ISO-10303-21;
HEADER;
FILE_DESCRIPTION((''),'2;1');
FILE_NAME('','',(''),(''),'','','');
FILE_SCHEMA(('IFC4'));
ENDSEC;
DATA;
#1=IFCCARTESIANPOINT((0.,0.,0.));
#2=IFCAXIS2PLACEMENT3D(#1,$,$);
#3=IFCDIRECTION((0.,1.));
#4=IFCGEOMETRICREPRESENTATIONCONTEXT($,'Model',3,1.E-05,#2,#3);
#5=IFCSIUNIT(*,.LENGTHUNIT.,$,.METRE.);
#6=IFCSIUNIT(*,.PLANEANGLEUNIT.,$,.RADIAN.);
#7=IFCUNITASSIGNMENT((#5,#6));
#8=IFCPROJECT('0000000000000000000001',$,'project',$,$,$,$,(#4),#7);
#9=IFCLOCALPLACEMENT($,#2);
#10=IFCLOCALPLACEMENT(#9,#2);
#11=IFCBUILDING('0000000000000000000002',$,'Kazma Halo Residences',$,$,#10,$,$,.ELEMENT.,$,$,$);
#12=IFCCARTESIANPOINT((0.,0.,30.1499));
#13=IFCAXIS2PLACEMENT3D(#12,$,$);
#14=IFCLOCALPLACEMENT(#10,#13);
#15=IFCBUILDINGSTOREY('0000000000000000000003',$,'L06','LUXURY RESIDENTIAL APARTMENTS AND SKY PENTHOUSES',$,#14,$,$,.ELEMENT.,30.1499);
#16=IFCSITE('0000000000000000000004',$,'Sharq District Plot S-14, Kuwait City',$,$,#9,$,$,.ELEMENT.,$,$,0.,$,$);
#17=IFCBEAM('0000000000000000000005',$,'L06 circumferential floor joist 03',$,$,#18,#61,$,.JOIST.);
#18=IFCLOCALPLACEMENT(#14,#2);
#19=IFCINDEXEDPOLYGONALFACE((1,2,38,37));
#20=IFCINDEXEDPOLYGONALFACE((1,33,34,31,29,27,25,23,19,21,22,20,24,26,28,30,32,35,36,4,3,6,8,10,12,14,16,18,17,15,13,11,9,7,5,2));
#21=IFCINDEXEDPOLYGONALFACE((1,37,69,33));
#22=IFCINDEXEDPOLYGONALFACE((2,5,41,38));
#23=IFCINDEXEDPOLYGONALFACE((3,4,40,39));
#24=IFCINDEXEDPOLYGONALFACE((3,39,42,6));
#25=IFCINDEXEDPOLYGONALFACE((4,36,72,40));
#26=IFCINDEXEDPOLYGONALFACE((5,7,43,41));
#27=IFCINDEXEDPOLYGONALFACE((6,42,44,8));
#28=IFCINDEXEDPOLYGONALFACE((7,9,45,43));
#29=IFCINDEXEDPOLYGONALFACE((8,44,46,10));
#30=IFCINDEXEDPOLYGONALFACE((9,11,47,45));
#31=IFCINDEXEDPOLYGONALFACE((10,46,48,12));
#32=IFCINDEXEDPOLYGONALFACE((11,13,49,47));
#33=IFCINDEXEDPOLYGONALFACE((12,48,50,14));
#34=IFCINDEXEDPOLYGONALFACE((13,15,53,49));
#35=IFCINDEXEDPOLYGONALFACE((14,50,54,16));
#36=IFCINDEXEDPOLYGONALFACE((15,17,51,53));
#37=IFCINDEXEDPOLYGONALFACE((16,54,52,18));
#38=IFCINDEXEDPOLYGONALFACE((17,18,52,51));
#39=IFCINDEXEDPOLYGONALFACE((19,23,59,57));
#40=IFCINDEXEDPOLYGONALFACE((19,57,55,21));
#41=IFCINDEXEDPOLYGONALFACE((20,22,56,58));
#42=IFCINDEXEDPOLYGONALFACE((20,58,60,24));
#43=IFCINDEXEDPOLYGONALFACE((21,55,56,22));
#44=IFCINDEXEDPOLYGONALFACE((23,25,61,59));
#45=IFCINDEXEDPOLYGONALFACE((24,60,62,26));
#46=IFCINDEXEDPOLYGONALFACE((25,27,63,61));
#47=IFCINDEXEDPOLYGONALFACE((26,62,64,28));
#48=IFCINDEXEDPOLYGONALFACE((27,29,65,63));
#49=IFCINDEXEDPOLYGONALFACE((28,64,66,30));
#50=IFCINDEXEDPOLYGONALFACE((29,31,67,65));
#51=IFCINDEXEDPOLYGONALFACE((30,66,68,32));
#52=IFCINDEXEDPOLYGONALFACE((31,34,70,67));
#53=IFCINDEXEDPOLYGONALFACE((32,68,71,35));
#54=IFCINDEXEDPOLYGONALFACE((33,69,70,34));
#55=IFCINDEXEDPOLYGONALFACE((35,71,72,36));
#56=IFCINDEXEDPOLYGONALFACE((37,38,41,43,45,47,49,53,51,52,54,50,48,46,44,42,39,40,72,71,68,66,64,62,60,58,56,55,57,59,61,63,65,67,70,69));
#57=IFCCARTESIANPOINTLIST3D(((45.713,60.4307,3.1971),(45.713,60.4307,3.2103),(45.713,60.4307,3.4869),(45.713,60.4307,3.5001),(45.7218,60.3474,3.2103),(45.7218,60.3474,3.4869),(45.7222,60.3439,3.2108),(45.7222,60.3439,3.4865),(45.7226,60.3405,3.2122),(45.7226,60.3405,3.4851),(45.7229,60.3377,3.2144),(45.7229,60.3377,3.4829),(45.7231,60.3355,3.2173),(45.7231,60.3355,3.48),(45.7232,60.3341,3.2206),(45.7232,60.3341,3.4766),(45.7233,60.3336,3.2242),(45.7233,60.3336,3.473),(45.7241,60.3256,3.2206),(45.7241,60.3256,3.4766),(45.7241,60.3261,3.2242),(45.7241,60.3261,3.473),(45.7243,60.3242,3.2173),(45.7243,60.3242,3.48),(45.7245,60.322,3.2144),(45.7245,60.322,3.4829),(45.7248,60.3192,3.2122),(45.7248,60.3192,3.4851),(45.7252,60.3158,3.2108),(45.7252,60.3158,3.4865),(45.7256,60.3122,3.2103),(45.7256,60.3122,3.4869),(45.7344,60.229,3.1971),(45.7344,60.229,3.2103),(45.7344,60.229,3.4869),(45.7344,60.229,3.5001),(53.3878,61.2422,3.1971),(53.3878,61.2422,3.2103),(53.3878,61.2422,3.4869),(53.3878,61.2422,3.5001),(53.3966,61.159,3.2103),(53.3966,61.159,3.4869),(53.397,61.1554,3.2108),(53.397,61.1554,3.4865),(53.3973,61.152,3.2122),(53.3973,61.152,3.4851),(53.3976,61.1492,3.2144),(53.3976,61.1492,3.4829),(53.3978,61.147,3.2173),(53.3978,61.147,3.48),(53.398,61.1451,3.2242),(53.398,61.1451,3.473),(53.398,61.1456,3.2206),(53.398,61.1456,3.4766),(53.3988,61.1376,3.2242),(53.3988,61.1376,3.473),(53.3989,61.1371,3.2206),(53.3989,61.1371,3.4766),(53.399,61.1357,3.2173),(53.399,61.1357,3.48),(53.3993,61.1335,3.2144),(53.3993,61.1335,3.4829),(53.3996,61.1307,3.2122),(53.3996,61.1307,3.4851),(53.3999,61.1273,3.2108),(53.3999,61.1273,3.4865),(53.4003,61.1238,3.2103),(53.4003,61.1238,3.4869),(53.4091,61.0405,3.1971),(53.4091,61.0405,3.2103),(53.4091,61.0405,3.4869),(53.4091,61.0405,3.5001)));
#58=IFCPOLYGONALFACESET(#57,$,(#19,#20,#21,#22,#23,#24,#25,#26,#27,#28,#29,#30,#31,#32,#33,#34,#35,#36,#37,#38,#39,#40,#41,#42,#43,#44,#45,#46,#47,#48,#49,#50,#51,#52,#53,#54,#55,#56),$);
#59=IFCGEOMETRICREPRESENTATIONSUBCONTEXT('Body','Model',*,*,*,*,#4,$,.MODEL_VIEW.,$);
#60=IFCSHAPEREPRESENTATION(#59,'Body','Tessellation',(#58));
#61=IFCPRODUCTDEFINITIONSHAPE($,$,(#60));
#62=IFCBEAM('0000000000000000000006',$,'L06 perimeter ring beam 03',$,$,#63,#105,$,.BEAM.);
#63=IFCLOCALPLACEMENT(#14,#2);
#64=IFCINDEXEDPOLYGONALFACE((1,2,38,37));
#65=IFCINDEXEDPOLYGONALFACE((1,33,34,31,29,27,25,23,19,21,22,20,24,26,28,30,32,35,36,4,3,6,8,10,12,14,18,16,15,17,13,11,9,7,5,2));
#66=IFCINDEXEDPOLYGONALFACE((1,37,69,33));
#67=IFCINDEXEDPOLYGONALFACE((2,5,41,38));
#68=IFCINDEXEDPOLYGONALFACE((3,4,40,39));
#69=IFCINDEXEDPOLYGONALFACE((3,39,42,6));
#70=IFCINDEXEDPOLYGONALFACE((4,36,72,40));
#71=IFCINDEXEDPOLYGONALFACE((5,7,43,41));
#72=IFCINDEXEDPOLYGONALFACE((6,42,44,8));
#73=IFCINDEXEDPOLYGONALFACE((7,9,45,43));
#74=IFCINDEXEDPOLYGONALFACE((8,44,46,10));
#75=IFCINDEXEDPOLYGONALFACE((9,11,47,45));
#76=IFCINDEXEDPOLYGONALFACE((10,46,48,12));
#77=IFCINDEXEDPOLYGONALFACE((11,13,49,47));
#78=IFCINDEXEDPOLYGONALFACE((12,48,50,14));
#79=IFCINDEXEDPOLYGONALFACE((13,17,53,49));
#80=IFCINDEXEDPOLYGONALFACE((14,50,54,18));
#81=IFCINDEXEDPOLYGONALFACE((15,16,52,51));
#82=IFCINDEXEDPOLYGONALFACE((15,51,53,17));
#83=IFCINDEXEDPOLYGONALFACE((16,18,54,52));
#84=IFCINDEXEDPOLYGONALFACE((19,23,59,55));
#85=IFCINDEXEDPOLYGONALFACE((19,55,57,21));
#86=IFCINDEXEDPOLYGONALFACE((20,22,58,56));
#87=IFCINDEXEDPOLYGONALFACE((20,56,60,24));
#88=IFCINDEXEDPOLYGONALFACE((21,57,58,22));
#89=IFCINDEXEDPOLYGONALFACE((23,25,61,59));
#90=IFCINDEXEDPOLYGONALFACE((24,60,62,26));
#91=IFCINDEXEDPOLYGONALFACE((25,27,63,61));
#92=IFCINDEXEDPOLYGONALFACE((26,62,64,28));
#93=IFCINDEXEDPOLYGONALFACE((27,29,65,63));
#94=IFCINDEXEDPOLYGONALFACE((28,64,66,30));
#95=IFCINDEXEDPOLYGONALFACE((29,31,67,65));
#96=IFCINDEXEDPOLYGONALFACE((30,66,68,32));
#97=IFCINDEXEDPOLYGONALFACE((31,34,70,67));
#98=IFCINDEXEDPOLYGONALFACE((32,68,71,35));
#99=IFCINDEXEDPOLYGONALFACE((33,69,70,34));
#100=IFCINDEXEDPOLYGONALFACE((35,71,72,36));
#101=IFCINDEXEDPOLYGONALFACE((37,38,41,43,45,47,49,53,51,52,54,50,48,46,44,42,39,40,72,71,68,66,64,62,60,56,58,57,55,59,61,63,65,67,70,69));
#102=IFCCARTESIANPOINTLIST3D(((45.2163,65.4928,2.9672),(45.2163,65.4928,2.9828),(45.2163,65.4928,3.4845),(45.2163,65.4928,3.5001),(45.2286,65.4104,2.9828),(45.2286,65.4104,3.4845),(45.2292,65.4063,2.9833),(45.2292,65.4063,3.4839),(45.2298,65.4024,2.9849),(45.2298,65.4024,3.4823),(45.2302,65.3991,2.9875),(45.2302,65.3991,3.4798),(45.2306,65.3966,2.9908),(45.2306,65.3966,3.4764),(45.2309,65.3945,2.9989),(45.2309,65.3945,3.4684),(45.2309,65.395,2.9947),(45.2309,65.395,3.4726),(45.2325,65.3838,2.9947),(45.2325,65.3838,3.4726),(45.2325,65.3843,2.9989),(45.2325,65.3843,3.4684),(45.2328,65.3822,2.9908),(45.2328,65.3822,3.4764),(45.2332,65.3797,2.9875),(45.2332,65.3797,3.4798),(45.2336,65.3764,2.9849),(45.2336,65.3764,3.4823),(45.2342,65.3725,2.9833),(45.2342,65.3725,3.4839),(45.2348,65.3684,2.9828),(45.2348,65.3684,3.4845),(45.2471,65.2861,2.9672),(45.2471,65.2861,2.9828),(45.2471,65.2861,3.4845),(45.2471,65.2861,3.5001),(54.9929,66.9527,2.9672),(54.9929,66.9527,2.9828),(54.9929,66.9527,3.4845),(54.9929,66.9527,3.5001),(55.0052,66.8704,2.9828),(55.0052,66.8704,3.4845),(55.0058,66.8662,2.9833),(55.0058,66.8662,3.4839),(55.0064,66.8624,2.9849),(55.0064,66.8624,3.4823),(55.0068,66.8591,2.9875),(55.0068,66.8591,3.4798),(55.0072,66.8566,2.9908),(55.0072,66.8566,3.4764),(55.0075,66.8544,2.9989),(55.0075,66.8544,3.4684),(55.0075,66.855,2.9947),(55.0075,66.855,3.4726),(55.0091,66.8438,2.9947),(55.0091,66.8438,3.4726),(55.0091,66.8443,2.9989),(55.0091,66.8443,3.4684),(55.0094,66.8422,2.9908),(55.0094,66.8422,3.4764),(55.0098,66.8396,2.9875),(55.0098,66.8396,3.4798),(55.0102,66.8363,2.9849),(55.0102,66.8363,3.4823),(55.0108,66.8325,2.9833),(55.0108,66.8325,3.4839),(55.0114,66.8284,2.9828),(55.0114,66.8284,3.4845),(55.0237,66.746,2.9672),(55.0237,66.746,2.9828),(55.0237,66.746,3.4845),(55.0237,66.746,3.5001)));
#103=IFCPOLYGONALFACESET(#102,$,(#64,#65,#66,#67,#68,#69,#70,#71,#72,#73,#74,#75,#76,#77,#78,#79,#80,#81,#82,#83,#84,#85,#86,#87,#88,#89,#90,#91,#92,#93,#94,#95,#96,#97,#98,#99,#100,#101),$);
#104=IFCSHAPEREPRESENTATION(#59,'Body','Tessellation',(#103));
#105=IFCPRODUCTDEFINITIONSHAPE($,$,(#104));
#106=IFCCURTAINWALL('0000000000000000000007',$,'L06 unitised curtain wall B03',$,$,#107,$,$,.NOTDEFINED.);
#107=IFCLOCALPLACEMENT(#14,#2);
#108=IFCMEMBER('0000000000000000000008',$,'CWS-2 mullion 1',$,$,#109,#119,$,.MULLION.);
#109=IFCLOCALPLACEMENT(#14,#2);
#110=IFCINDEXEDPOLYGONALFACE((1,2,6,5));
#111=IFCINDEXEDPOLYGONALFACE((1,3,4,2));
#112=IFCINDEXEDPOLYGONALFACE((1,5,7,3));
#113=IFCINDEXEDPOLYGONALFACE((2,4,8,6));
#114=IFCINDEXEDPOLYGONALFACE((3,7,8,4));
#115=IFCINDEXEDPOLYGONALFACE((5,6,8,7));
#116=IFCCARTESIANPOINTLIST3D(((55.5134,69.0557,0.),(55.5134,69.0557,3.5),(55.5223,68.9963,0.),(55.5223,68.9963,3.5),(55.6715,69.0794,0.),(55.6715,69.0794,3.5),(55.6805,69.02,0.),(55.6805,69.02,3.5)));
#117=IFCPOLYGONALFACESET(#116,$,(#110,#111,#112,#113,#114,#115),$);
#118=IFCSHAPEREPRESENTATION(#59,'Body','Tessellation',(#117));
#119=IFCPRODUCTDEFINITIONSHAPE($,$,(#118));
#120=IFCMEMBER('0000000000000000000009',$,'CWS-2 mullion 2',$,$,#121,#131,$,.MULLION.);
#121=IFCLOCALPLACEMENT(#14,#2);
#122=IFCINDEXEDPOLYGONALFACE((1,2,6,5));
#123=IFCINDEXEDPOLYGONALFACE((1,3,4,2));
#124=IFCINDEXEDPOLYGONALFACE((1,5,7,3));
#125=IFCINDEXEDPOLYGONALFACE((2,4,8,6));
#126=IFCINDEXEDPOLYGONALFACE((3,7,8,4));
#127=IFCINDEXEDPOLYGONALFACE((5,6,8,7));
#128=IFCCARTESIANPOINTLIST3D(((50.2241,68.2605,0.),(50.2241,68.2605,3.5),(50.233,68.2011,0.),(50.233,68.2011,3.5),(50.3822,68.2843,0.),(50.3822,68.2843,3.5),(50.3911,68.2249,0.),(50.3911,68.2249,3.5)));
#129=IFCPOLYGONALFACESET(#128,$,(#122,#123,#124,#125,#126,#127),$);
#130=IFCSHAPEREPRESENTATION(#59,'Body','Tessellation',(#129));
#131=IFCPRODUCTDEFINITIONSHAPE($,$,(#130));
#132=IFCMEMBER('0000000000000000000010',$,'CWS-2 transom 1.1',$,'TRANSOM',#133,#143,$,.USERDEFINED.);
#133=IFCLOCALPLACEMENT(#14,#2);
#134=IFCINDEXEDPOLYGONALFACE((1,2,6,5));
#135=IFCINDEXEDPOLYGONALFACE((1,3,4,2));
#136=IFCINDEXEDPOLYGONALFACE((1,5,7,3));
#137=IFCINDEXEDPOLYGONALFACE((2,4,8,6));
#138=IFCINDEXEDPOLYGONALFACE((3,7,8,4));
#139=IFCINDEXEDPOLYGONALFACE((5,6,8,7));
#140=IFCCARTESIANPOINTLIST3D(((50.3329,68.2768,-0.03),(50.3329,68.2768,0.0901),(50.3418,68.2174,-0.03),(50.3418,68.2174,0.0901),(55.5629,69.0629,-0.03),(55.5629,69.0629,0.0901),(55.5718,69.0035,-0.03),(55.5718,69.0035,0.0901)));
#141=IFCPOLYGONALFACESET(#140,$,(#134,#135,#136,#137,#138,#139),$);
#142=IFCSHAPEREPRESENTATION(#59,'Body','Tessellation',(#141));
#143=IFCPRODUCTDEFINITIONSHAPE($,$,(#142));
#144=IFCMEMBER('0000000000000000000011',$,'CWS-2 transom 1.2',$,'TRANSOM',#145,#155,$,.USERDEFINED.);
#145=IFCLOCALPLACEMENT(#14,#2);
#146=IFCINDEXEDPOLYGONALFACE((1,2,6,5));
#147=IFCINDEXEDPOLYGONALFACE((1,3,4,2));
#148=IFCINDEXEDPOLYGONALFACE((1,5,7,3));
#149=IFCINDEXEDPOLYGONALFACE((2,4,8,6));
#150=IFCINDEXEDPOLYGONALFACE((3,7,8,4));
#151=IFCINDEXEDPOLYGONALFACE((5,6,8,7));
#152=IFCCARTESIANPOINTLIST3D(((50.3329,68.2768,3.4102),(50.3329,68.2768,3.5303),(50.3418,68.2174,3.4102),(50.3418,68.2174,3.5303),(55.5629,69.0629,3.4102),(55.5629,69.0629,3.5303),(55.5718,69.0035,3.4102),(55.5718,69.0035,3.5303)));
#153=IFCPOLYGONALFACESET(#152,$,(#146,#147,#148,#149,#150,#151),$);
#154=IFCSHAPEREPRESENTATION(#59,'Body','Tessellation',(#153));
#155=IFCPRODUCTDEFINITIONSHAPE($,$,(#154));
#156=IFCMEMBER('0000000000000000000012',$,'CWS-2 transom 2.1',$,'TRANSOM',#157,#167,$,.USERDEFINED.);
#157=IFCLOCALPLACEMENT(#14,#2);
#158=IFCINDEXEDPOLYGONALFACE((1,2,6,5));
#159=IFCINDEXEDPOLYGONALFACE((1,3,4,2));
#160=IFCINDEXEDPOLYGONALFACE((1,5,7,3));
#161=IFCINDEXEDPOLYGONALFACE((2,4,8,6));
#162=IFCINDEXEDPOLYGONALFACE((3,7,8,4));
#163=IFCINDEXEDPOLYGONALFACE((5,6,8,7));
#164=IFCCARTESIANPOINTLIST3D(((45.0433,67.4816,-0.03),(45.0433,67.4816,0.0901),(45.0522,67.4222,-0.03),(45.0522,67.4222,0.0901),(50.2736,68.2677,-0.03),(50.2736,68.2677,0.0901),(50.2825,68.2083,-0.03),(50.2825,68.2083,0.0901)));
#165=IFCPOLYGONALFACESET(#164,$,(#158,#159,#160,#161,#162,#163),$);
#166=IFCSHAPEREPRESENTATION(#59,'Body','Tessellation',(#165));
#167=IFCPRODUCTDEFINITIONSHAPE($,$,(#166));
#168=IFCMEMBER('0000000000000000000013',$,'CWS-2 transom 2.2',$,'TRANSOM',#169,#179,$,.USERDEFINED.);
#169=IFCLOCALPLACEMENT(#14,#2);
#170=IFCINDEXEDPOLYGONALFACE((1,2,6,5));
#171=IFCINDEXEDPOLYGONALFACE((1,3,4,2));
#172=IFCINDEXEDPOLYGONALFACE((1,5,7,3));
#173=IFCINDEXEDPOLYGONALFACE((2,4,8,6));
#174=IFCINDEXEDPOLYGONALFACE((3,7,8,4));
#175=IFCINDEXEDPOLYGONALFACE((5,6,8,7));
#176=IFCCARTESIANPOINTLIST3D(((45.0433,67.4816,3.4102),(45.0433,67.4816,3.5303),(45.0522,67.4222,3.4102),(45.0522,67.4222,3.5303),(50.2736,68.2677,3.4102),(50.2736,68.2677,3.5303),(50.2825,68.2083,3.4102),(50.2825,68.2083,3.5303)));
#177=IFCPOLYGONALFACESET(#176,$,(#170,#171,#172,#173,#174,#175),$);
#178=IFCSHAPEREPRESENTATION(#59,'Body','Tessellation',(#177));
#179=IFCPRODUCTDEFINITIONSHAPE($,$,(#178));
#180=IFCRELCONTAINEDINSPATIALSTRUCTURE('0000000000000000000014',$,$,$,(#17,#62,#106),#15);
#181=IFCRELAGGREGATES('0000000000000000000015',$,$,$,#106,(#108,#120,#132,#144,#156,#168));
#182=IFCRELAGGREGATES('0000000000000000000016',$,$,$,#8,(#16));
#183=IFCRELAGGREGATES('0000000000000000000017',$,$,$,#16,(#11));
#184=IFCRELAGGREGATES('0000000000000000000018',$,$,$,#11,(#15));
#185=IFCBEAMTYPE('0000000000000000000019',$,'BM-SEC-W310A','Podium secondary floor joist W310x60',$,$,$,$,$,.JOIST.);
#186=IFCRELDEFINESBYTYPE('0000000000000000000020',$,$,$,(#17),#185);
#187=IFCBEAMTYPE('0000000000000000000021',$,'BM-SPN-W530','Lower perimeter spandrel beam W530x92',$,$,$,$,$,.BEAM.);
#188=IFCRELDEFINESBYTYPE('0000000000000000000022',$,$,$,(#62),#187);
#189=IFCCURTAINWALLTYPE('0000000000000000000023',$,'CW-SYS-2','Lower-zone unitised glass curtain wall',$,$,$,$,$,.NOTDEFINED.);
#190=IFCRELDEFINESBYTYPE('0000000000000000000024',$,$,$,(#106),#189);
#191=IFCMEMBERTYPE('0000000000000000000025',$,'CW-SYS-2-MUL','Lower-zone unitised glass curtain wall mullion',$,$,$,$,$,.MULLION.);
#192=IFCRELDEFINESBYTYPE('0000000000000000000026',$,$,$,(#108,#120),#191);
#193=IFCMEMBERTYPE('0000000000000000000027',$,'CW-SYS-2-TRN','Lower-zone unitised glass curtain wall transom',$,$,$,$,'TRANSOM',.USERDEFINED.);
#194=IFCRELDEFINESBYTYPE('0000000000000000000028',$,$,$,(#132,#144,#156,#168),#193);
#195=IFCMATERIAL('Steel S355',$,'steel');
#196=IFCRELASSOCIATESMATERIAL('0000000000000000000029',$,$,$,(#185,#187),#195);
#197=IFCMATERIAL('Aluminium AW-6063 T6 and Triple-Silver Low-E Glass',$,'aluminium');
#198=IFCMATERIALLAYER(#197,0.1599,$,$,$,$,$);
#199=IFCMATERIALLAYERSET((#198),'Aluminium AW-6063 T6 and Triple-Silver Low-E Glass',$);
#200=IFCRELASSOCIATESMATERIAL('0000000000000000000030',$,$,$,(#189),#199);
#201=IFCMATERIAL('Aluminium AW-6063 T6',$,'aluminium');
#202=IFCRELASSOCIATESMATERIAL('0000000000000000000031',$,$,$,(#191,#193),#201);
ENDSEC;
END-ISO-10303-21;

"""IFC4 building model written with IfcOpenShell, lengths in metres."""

from ifc_helpers import new_model, si_unit, direction, frame, origin, origin_2d, place, context, subcontext, project, spatial, rectangle, i_section, extrude, material, layer, layer_set, material_profile, profile_set, type_object, element, aggregate, save


model = new_model("IFC4")

# Units and contexts
model_context = context("Model", 3, precision=1e-05, world=origin(), true_north=direction((0.0, 1.0)))
body_context = subcontext(model_context, "Body", "Model", "MODEL_VIEW")
ifc_project = project(units=[si_unit("LENGTHUNIT", "METRE"), si_unit("PLANEANGLEUNIT", "RADIAN")], contexts=[model_context])

# Site, building, storey
site_placement = place(None, origin())
site = spatial("IfcSite", under=ifc_project, at=site_placement, Name="Sharq District Plot S-14, Kuwait City", CompositionType="ELEMENT", RefElevation=0.0)
building_placement = place(site_placement, origin())
building = spatial("IfcBuilding", under=site, at=building_placement, Name="Kazma Halo Residences", CompositionType="ELEMENT")
storey_placement = place(building_placement, frame((0.0, 0.0, 30.1499)))
storey = spatial("IfcBuildingStorey", under=building, at=storey_placement, Name="L06", Description="LUXURY RESIDENTIAL APARTMENTS AND SKY PENTHOUSES", CompositionType="ELEMENT", Elevation=30.1499)

# Beams
ifc_material_1 = material(Name="Steel S355", Category="steel")
ifc_material_profile_1 = material_profile(ifc_material_1, i_section(OverallWidth=0.2029, OverallDepth=0.303, WebThickness=0.0076, FlangeThickness=0.0132, FilletRadius=0.0139, at=origin_2d()), Name="W310x60")
ifc_profile_set_1 = profile_set([ifc_material_profile_1], Name="Steel S355")
beam_type_1 = type_object("IfcBeamType", Name="BM-SEC-W310A", Description="Podium secondary floor joist W310x60", PredefinedType="JOIST", material=ifc_profile_set_1)
beam_1_placement = place(storey_placement, frame((53.3984, 61.1414, 3.3486), z_axis=(-0.994456, -0.105152, 0.0), x_axis=(0.105152, -0.994456, 0.0)))
element("IfcBeam", 1, at=beam_1_placement, inside=storey, type_object=beam_type_1, Name="L06 circumferential floor joist 03", PredefinedType="JOIST", context=body_context, shape_type="SweptSolid", body=[
    extrude(i_section(OverallWidth=0.2029, OverallDepth=0.303, WebThickness=0.0076, FlangeThickness=0.0132, FilletRadius=0.0139, at=origin_2d()), origin(), (0.0, 0.0, 1.0), 7.7175),
])
ifc_material_profile_2 = material_profile(ifc_material_1, i_section(OverallWidth=0.209, OverallDepth=0.533, WebThickness=0.0103, FlangeThickness=0.0156, FilletRadius=0.0161, at=origin_2d()), Name="W530x92")
ifc_profile_set_2 = profile_set([ifc_material_profile_2], Name="Steel S355")
beam_type_2 = type_object("IfcBeamType", Name="BM-SPN-W530", Description="Lower perimeter spandrel beam W530x92", PredefinedType="BEAM", material=ifc_profile_set_2)
beam_2_placement = place(storey_placement, frame((55.0083, 66.8494, 3.2336), z_axis=(-0.989033, -0.147694, 0.0), x_axis=(0.147694, -0.989033, 0.0)))
element("IfcBeam", 2, at=beam_2_placement, inside=storey, type_object=beam_type_2, Name="L06 perimeter ring beam 03", PredefinedType="BEAM", context=body_context, shape_type="SweptSolid", body=[
    extrude(i_section(OverallWidth=0.209, OverallDepth=0.533, WebThickness=0.0103, FlangeThickness=0.0156, FilletRadius=0.0161, at=origin_2d()), origin(), (0.0, 0.0, 1.0), 9.885),
])

# Curtain wall, members
ifc_material_2 = material(Name="Aluminium AW-6063 T6 and Triple-Silver Low-E Glass", Category="aluminium")
ifc_layer_1 = layer(ifc_material_2, 0.1599)
ifc_layer_set_1 = layer_set([ifc_layer_1], Name="Aluminium AW-6063 T6 and Triple-Silver Low-E Glass")
curtain_wall_type = type_object("IfcCurtainWallType", Name="CW-SYS-2", Description="Lower-zone unitised glass curtain wall", PredefinedType="NOTDEFINED", material=ifc_layer_set_1)
curtain_wall_placement = place(storey_placement, origin())
curtain_wall = element("IfcCurtainWall", 3, at=curtain_wall_placement, inside=storey, type_object=curtain_wall_type, Name="L06 unitised curtain wall B03", PredefinedType="NOTDEFINED")
ifc_material_3 = material(Name="Aluminium AW-6063 T6", Category="aluminium")
ifc_material_profile_3 = material_profile(ifc_material_3, rectangle(XDim=0.0601, YDim=0.1599, at=origin_2d()), Name="CWM-60x160")
ifc_profile_set_3 = profile_set([ifc_material_profile_3], Name="Aluminium AW-6063 T6")
member_type_1 = type_object("IfcMemberType", Name="CW-SYS-2-MUL", Description="Lower-zone unitised glass curtain wall mullion", PredefinedType="MULLION", material=ifc_profile_set_3)
member_1_placement = place(storey_placement, frame((55.5969, 69.0378, 0.0), z_axis=(0.0, 0.0, 1.0), x_axis=(0.148657, -0.988889, 0.0)))
member_1 = element("IfcMember", 4, at=member_1_placement, type_object=member_type_1, Name="CWS-2 mullion 1", PredefinedType="MULLION", context=body_context, shape_type="SweptSolid", body=[
    extrude(rectangle(XDim=0.0601, YDim=0.1599, at=origin_2d()), origin(), (0.0, 0.0, 1.0), 3.5),
])
member_2_placement = place(storey_placement, frame((50.3076, 68.2427, 0.0), z_axis=(0.0, 0.0, 1.0), x_axis=(0.148657, -0.988889, 0.0)))
member_2 = element("IfcMember", 5, at=member_2_placement, type_object=member_type_1, Name="CWS-2 mullion 2", PredefinedType="MULLION", context=body_context, shape_type="SweptSolid", body=[
    extrude(rectangle(XDim=0.0601, YDim=0.1599, at=origin_2d()), origin(), (0.0, 0.0, 1.0), 3.5),
])
ifc_material_profile_4 = material_profile(ifc_material_3, rectangle(XDim=0.0601, YDim=0.1201, at=origin_2d()), Name="CWT-60x120")
ifc_profile_set_4 = profile_set([ifc_material_profile_4], Name="Aluminium AW-6063 T6")
member_type_2 = type_object("IfcMemberType", Name="CW-SYS-2-TRN", Description="Lower-zone unitised glass curtain wall transom", ElementType="TRANSOM", PredefinedType="USERDEFINED", material=ifc_profile_set_4)
member_3_placement = place(storey_placement, frame((55.5674, 69.0332, 0.03), z_axis=(-0.988891, -0.148643, 0.0), x_axis=(0.148643, -0.988891, 0.0)))
member_3 = element("IfcMember", 6, at=member_3_placement, type_object=member_type_2, Name="CWS-2 transom 1.1", ObjectType="TRANSOM", PredefinedType="USERDEFINED", context=body_context, shape_type="SweptSolid", body=[
    extrude(rectangle(XDim=0.0601, YDim=0.1201, at=origin_2d()), origin(), (0.0, 0.0, 1.0), 5.2888),
])
member_4_placement = place(storey_placement, frame((55.5674, 69.0332, 3.4702), z_axis=(-0.988891, -0.148643, 0.0), x_axis=(0.148643, -0.988891, 0.0)))
member_4 = element("IfcMember", 7, at=member_4_placement, type_object=member_type_2, Name="CWS-2 transom 1.2", ObjectType="TRANSOM", PredefinedType="USERDEFINED", context=body_context, shape_type="SweptSolid", body=[
    extrude(rectangle(XDim=0.0601, YDim=0.1201, at=origin_2d()), origin(), (0.0, 0.0, 1.0), 5.2888),
])
member_5_placement = place(storey_placement, frame((50.2781, 68.238, 0.03), z_axis=(-0.988892, -0.148636, 0.0), x_axis=(0.148636, -0.988892, 0.0)))
member_5 = element("IfcMember", 8, at=member_5_placement, type_object=member_type_2, Name="CWS-2 transom 2.1", ObjectType="TRANSOM", PredefinedType="USERDEFINED", context=body_context, shape_type="SweptSolid", body=[
    extrude(rectangle(XDim=0.0601, YDim=0.1201, at=origin_2d()), origin(), (0.0, 0.0, 1.0), 5.2891),
])
member_6_placement = place(storey_placement, frame((50.2781, 68.238, 3.4702), z_axis=(-0.988892, -0.148636, 0.0), x_axis=(0.148636, -0.988892, 0.0)))
member_6 = element("IfcMember", 9, at=member_6_placement, type_object=member_type_2, Name="CWS-2 transom 2.2", ObjectType="TRANSOM", PredefinedType="USERDEFINED", context=body_context, shape_type="SweptSolid", body=[
    extrude(rectangle(XDim=0.0601, YDim=0.1201, at=origin_2d()), origin(), (0.0, 0.0, 1.0), 5.2891),
])
aggregate(curtain_wall, [member_1, member_2, member_3, member_4, member_5, member_6])

save(model, "model.ifc")
